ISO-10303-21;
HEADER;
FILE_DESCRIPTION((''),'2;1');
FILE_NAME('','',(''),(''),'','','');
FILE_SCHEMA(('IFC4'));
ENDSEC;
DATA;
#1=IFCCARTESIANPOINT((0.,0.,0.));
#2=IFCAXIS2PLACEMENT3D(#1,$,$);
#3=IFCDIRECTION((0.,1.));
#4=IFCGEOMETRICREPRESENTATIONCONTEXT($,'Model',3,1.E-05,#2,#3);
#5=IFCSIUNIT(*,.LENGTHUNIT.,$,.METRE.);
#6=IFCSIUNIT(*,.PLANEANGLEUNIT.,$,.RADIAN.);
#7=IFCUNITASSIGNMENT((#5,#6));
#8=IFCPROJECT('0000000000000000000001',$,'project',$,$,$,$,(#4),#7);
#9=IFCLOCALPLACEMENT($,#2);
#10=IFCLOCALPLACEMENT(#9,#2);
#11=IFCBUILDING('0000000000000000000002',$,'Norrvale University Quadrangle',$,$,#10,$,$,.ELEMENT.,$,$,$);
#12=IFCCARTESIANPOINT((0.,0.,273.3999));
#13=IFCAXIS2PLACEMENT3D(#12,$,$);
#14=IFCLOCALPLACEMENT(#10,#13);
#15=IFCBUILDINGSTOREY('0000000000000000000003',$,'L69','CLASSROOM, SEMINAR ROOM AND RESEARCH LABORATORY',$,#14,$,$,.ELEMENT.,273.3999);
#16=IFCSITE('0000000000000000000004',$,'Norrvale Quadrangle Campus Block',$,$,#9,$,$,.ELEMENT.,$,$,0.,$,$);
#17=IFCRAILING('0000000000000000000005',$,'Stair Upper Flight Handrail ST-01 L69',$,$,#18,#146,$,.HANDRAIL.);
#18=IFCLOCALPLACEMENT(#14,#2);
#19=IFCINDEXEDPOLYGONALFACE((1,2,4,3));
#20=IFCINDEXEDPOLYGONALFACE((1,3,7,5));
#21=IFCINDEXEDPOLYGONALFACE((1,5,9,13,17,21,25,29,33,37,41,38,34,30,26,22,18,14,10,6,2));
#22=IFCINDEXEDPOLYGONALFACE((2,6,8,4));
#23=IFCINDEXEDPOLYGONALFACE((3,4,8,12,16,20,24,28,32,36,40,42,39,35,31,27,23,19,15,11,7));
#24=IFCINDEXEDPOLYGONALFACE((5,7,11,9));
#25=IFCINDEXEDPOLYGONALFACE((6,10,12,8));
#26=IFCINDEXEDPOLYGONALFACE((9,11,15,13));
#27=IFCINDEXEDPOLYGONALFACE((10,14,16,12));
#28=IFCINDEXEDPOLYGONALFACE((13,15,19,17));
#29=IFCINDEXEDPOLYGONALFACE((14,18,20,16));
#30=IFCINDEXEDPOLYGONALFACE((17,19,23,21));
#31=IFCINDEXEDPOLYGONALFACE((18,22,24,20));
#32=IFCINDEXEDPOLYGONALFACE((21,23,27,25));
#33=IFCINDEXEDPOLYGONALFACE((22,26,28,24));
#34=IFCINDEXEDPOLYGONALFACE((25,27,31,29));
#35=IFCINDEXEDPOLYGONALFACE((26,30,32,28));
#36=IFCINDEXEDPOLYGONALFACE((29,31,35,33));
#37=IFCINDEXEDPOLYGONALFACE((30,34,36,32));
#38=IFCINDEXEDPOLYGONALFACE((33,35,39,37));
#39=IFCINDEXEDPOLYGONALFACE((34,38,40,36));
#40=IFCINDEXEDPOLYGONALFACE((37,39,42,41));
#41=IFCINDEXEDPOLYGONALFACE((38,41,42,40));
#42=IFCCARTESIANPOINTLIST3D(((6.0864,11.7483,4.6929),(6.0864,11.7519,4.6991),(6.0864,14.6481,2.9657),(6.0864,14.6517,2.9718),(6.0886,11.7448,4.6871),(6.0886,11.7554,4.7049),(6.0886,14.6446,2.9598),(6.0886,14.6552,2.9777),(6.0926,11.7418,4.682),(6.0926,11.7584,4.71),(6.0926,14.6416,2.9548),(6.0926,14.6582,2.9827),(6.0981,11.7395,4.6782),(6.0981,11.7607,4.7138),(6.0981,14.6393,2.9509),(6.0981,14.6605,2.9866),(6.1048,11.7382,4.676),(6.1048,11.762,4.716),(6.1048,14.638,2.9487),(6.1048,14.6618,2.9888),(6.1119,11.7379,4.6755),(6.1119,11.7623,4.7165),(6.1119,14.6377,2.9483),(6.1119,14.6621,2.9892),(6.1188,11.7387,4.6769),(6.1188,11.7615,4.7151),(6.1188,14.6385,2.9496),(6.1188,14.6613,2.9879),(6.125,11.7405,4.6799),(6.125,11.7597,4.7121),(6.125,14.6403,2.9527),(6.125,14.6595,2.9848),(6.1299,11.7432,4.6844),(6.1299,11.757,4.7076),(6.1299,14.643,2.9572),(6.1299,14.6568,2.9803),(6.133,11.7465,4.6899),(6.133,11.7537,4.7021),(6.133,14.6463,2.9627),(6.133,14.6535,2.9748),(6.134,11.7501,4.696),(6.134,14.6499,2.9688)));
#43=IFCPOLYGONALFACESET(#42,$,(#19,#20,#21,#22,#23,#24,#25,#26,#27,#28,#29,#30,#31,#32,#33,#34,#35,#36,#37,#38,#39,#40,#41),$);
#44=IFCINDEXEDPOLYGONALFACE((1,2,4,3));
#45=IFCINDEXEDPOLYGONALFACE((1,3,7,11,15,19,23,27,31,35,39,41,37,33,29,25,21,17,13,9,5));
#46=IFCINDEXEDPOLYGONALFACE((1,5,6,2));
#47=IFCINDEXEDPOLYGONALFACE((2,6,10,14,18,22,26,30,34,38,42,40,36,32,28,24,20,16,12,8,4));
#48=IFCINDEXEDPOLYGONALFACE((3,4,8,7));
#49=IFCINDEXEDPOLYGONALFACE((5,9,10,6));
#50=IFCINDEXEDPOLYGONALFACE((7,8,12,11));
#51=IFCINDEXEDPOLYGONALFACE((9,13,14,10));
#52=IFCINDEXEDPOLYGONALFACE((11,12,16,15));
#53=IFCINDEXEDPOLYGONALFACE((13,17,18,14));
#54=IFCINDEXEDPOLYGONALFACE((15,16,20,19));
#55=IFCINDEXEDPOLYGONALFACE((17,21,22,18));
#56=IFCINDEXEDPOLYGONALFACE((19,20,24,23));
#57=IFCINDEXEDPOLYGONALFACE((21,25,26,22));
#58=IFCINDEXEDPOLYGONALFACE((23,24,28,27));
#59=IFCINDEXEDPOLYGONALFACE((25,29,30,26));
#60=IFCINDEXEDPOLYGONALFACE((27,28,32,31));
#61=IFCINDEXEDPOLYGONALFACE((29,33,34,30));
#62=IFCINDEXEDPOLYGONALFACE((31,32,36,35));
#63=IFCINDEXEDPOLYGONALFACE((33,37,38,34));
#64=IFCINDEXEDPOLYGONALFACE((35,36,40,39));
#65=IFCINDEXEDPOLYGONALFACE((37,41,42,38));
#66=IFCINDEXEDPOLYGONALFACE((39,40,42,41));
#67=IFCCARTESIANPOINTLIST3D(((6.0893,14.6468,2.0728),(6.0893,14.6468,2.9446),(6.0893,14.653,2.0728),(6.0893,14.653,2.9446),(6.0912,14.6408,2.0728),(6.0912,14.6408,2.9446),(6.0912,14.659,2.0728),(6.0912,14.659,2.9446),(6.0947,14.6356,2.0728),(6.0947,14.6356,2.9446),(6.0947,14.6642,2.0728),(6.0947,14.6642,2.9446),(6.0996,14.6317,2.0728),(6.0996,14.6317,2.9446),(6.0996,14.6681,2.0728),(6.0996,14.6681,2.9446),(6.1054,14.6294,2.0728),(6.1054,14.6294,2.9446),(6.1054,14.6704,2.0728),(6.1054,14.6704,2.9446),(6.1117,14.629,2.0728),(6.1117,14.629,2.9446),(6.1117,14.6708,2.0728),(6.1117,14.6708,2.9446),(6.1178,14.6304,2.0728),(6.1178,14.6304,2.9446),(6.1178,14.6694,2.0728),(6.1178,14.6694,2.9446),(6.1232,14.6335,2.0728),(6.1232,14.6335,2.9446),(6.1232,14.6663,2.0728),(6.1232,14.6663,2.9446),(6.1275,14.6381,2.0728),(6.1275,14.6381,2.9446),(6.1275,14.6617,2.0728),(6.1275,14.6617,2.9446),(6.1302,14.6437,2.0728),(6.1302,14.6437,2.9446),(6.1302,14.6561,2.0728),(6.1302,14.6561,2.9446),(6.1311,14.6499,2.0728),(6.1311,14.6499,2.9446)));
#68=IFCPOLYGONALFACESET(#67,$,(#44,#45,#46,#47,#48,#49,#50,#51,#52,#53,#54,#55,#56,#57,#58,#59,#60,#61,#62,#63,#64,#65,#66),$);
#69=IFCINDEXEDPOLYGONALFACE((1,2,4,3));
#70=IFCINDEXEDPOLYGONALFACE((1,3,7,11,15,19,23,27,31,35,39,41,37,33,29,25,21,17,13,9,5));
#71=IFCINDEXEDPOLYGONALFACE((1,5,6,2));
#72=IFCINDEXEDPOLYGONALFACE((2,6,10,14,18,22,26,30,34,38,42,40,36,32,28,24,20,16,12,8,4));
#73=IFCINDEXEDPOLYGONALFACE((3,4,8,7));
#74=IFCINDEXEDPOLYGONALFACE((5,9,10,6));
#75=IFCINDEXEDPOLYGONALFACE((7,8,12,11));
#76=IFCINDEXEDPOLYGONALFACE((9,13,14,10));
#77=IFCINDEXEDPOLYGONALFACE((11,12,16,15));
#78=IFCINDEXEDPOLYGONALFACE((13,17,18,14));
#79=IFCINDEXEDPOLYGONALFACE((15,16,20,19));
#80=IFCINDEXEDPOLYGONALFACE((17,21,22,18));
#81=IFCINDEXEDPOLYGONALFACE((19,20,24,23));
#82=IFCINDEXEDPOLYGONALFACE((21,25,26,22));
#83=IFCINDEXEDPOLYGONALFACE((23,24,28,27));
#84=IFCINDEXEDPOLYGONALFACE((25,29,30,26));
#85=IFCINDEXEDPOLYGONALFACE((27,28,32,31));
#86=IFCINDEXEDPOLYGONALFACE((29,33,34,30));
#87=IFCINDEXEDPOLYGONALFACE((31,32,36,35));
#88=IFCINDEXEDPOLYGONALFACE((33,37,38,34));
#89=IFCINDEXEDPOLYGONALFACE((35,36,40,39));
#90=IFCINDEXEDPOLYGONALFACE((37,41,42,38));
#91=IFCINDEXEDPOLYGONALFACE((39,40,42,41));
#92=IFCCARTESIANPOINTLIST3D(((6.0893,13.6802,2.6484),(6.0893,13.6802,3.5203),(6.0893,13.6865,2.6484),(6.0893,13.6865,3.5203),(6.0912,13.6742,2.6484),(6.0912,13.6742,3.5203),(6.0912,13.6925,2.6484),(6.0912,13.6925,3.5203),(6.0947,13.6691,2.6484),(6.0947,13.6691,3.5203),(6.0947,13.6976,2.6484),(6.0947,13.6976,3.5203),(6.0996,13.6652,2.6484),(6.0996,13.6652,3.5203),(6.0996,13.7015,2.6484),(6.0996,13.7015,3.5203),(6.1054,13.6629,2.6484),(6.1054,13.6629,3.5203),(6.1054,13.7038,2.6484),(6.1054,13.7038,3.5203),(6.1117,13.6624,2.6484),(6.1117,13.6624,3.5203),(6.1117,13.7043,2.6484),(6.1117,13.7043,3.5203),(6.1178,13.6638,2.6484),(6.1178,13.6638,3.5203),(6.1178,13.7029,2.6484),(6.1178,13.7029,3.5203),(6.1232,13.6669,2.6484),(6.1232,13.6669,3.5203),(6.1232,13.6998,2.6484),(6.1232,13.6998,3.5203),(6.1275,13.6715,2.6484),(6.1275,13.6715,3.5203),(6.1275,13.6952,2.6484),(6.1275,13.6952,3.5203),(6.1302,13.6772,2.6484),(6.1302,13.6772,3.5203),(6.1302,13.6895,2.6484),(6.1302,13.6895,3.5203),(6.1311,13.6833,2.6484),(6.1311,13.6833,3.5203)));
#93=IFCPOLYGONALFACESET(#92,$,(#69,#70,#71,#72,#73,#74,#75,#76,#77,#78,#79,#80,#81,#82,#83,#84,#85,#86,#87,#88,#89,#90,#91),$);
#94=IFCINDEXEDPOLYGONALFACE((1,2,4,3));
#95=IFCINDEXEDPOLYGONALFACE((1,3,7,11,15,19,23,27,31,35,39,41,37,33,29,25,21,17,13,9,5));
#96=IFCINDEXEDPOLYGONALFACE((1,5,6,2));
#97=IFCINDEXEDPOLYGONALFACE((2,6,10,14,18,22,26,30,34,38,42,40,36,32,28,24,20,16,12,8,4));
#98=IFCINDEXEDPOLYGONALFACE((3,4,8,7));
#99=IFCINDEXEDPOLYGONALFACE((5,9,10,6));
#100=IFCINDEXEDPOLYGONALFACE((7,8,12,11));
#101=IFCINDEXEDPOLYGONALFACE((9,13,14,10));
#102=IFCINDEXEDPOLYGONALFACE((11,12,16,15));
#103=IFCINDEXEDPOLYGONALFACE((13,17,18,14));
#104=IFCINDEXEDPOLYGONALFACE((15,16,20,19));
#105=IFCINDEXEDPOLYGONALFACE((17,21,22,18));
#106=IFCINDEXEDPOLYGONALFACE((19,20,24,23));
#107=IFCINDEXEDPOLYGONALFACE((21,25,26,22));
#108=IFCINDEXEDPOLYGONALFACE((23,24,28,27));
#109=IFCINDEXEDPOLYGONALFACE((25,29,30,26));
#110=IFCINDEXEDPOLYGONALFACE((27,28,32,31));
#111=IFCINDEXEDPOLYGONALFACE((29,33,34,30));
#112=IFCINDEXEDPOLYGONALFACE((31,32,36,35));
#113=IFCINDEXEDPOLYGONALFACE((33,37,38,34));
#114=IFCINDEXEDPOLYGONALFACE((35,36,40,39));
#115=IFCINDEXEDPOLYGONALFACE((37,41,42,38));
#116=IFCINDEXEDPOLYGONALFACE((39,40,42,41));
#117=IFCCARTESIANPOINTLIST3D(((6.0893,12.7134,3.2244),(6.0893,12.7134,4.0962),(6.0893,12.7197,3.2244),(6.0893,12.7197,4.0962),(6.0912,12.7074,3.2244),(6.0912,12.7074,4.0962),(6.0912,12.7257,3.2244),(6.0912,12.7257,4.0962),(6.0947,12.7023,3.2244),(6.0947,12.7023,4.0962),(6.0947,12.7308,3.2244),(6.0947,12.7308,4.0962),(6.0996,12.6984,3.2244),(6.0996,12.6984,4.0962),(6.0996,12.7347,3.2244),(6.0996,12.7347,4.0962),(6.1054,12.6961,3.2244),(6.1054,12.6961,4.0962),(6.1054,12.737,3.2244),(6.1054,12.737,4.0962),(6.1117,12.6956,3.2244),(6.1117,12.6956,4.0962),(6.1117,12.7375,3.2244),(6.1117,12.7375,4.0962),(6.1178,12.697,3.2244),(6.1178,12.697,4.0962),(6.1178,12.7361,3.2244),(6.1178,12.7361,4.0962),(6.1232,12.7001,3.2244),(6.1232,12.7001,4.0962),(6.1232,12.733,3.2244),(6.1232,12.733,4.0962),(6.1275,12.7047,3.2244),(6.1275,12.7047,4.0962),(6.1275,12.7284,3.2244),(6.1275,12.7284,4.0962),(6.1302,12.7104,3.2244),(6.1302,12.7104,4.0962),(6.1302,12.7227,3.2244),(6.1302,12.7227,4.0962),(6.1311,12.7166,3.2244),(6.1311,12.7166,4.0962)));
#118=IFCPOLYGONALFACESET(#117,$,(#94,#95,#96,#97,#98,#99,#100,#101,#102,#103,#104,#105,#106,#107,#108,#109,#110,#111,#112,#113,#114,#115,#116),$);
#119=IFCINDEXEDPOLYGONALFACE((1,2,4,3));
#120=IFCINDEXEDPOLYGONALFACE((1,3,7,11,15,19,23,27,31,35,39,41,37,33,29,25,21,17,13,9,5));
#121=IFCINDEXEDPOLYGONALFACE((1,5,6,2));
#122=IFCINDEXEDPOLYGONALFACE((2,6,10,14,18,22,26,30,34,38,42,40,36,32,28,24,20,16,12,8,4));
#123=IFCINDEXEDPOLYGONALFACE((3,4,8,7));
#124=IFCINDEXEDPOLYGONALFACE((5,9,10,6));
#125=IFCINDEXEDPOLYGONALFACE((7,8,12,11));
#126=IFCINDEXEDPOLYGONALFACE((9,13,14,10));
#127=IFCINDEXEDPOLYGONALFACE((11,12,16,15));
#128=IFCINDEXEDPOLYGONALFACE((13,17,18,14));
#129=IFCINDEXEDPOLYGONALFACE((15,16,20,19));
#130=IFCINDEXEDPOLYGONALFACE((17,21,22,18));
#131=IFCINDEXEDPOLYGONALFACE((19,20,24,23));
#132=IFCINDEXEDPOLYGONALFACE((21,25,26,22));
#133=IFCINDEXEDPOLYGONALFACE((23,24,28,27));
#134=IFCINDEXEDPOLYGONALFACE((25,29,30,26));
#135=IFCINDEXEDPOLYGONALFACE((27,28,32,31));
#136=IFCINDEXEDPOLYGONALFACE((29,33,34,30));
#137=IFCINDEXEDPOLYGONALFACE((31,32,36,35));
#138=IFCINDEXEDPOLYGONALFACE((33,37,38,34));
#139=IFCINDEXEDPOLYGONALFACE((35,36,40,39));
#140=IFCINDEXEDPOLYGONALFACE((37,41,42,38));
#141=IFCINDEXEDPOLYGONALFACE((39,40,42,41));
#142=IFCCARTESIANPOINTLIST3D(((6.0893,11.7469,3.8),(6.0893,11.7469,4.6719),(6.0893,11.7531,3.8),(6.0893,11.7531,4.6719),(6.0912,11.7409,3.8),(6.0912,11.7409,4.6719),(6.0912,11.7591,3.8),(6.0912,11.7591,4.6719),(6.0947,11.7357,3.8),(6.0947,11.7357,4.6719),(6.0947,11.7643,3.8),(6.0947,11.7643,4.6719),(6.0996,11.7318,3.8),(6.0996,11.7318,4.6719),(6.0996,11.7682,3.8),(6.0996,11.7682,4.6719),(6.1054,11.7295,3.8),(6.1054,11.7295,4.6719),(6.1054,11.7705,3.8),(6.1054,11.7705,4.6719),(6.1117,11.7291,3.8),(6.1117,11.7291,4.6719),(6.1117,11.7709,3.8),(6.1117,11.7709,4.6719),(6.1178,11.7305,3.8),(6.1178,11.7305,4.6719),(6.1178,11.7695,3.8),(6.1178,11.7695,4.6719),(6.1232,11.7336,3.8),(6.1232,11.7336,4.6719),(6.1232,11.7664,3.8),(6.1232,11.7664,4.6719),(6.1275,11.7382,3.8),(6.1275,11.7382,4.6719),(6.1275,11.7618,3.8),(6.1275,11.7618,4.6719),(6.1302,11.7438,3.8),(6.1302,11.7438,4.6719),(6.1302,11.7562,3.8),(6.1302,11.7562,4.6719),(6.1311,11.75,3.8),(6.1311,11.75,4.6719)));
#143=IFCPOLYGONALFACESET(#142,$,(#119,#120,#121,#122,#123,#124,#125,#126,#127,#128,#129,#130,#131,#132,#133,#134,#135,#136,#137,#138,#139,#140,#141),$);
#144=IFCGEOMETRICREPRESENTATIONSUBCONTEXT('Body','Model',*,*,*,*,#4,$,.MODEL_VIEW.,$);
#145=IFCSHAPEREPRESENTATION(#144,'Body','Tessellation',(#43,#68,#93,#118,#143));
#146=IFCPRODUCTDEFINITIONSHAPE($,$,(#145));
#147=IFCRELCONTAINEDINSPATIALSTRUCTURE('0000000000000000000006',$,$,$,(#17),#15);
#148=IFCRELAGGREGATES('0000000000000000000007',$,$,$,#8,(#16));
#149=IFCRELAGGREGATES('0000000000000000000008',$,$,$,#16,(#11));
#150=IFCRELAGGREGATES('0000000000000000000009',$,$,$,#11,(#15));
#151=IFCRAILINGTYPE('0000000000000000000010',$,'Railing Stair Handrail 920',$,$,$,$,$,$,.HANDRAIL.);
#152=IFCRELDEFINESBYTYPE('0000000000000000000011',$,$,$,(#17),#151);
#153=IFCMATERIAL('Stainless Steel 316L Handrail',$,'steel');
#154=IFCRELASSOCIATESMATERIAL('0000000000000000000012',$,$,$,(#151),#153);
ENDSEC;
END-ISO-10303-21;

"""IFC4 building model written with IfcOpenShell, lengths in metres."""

from ifc_helpers import new_model, si_unit, direction, frame, origin, origin_2d, place, context, subcontext, project, spatial, circle, extrude, material, type_object, element, save


model = new_model("IFC4")

# Units and contexts
model_context = context("Model", 3, precision=1e-05, world=origin(), true_north=direction((0.0, 1.0)))
body_context = subcontext(model_context, "Body", "Model", "MODEL_VIEW")
ifc_project = project(units=[si_unit("LENGTHUNIT", "METRE"), si_unit("PLANEANGLEUNIT", "RADIAN")], contexts=[model_context])

# Site, building, storey
site_placement = place(None, origin())
site = spatial("IfcSite", under=ifc_project, at=site_placement, Name="Norrvale Quadrangle Campus Block", CompositionType="ELEMENT", RefElevation=0.0)
building_placement = place(site_placement, origin())
building = spatial("IfcBuilding", under=site, at=building_placement, Name="Norrvale University Quadrangle", CompositionType="ELEMENT")
storey_placement = place(building_placement, frame((0.0, 0.0, 273.3999)))
storey = spatial("IfcBuildingStorey", under=building, at=storey_placement, Name="L69", Description="CLASSROOM, SEMINAR ROOM AND RESEARCH LABORATORY", CompositionType="ELEMENT", Elevation=273.3999)

# Railing
ifc_material_1 = material(Name="Stainless Steel 316L Handrail", Category="steel")
railing_type_1 = type_object("IfcRailingType", Name="Railing Stair Handrail 920", PredefinedType="HANDRAIL", material=ifc_material_1)
railing_1_placement = place(storey_placement, frame((6.1101, 14.6499, 2.0728)))
element("IfcRailing", 1, at=railing_1_placement, inside=storey, type_object=railing_type_1, Name="Stair Upper Flight Handrail ST-01 L69", PredefinedType="HANDRAIL", context=body_context, shape_type="SweptSolid", body=[
    extrude(circle(Radius=0.0239, at=origin_2d()), frame((0.0, 0.0, 0.896), z_axis=(0.0, -0.859141, 0.511738), x_axis=(1.0, 0.0, 0.0)), (0.0, 0.0, 1.0), 3.3752),
    extrude(circle(Radius=0.021, at=origin_2d()), origin(), (0.0, 0.0, 1.0), 0.8718),
    extrude(circle(Radius=0.021, at=origin_2d()), frame((0.0, -0.9666, 0.5757)), (0.0, 0.0, 1.0), 0.8718),
    extrude(circle(Radius=0.021, at=origin_2d()), frame((0.0, -1.9333, 1.1516)), (0.0, 0.0, 1.0), 0.8718),
    extrude(circle(Radius=0.021, at=origin_2d()), frame((0.0, -2.8999, 1.7273)), (0.0, 0.0, 1.0), 0.8718),
])

save(model, "model.ifc")
